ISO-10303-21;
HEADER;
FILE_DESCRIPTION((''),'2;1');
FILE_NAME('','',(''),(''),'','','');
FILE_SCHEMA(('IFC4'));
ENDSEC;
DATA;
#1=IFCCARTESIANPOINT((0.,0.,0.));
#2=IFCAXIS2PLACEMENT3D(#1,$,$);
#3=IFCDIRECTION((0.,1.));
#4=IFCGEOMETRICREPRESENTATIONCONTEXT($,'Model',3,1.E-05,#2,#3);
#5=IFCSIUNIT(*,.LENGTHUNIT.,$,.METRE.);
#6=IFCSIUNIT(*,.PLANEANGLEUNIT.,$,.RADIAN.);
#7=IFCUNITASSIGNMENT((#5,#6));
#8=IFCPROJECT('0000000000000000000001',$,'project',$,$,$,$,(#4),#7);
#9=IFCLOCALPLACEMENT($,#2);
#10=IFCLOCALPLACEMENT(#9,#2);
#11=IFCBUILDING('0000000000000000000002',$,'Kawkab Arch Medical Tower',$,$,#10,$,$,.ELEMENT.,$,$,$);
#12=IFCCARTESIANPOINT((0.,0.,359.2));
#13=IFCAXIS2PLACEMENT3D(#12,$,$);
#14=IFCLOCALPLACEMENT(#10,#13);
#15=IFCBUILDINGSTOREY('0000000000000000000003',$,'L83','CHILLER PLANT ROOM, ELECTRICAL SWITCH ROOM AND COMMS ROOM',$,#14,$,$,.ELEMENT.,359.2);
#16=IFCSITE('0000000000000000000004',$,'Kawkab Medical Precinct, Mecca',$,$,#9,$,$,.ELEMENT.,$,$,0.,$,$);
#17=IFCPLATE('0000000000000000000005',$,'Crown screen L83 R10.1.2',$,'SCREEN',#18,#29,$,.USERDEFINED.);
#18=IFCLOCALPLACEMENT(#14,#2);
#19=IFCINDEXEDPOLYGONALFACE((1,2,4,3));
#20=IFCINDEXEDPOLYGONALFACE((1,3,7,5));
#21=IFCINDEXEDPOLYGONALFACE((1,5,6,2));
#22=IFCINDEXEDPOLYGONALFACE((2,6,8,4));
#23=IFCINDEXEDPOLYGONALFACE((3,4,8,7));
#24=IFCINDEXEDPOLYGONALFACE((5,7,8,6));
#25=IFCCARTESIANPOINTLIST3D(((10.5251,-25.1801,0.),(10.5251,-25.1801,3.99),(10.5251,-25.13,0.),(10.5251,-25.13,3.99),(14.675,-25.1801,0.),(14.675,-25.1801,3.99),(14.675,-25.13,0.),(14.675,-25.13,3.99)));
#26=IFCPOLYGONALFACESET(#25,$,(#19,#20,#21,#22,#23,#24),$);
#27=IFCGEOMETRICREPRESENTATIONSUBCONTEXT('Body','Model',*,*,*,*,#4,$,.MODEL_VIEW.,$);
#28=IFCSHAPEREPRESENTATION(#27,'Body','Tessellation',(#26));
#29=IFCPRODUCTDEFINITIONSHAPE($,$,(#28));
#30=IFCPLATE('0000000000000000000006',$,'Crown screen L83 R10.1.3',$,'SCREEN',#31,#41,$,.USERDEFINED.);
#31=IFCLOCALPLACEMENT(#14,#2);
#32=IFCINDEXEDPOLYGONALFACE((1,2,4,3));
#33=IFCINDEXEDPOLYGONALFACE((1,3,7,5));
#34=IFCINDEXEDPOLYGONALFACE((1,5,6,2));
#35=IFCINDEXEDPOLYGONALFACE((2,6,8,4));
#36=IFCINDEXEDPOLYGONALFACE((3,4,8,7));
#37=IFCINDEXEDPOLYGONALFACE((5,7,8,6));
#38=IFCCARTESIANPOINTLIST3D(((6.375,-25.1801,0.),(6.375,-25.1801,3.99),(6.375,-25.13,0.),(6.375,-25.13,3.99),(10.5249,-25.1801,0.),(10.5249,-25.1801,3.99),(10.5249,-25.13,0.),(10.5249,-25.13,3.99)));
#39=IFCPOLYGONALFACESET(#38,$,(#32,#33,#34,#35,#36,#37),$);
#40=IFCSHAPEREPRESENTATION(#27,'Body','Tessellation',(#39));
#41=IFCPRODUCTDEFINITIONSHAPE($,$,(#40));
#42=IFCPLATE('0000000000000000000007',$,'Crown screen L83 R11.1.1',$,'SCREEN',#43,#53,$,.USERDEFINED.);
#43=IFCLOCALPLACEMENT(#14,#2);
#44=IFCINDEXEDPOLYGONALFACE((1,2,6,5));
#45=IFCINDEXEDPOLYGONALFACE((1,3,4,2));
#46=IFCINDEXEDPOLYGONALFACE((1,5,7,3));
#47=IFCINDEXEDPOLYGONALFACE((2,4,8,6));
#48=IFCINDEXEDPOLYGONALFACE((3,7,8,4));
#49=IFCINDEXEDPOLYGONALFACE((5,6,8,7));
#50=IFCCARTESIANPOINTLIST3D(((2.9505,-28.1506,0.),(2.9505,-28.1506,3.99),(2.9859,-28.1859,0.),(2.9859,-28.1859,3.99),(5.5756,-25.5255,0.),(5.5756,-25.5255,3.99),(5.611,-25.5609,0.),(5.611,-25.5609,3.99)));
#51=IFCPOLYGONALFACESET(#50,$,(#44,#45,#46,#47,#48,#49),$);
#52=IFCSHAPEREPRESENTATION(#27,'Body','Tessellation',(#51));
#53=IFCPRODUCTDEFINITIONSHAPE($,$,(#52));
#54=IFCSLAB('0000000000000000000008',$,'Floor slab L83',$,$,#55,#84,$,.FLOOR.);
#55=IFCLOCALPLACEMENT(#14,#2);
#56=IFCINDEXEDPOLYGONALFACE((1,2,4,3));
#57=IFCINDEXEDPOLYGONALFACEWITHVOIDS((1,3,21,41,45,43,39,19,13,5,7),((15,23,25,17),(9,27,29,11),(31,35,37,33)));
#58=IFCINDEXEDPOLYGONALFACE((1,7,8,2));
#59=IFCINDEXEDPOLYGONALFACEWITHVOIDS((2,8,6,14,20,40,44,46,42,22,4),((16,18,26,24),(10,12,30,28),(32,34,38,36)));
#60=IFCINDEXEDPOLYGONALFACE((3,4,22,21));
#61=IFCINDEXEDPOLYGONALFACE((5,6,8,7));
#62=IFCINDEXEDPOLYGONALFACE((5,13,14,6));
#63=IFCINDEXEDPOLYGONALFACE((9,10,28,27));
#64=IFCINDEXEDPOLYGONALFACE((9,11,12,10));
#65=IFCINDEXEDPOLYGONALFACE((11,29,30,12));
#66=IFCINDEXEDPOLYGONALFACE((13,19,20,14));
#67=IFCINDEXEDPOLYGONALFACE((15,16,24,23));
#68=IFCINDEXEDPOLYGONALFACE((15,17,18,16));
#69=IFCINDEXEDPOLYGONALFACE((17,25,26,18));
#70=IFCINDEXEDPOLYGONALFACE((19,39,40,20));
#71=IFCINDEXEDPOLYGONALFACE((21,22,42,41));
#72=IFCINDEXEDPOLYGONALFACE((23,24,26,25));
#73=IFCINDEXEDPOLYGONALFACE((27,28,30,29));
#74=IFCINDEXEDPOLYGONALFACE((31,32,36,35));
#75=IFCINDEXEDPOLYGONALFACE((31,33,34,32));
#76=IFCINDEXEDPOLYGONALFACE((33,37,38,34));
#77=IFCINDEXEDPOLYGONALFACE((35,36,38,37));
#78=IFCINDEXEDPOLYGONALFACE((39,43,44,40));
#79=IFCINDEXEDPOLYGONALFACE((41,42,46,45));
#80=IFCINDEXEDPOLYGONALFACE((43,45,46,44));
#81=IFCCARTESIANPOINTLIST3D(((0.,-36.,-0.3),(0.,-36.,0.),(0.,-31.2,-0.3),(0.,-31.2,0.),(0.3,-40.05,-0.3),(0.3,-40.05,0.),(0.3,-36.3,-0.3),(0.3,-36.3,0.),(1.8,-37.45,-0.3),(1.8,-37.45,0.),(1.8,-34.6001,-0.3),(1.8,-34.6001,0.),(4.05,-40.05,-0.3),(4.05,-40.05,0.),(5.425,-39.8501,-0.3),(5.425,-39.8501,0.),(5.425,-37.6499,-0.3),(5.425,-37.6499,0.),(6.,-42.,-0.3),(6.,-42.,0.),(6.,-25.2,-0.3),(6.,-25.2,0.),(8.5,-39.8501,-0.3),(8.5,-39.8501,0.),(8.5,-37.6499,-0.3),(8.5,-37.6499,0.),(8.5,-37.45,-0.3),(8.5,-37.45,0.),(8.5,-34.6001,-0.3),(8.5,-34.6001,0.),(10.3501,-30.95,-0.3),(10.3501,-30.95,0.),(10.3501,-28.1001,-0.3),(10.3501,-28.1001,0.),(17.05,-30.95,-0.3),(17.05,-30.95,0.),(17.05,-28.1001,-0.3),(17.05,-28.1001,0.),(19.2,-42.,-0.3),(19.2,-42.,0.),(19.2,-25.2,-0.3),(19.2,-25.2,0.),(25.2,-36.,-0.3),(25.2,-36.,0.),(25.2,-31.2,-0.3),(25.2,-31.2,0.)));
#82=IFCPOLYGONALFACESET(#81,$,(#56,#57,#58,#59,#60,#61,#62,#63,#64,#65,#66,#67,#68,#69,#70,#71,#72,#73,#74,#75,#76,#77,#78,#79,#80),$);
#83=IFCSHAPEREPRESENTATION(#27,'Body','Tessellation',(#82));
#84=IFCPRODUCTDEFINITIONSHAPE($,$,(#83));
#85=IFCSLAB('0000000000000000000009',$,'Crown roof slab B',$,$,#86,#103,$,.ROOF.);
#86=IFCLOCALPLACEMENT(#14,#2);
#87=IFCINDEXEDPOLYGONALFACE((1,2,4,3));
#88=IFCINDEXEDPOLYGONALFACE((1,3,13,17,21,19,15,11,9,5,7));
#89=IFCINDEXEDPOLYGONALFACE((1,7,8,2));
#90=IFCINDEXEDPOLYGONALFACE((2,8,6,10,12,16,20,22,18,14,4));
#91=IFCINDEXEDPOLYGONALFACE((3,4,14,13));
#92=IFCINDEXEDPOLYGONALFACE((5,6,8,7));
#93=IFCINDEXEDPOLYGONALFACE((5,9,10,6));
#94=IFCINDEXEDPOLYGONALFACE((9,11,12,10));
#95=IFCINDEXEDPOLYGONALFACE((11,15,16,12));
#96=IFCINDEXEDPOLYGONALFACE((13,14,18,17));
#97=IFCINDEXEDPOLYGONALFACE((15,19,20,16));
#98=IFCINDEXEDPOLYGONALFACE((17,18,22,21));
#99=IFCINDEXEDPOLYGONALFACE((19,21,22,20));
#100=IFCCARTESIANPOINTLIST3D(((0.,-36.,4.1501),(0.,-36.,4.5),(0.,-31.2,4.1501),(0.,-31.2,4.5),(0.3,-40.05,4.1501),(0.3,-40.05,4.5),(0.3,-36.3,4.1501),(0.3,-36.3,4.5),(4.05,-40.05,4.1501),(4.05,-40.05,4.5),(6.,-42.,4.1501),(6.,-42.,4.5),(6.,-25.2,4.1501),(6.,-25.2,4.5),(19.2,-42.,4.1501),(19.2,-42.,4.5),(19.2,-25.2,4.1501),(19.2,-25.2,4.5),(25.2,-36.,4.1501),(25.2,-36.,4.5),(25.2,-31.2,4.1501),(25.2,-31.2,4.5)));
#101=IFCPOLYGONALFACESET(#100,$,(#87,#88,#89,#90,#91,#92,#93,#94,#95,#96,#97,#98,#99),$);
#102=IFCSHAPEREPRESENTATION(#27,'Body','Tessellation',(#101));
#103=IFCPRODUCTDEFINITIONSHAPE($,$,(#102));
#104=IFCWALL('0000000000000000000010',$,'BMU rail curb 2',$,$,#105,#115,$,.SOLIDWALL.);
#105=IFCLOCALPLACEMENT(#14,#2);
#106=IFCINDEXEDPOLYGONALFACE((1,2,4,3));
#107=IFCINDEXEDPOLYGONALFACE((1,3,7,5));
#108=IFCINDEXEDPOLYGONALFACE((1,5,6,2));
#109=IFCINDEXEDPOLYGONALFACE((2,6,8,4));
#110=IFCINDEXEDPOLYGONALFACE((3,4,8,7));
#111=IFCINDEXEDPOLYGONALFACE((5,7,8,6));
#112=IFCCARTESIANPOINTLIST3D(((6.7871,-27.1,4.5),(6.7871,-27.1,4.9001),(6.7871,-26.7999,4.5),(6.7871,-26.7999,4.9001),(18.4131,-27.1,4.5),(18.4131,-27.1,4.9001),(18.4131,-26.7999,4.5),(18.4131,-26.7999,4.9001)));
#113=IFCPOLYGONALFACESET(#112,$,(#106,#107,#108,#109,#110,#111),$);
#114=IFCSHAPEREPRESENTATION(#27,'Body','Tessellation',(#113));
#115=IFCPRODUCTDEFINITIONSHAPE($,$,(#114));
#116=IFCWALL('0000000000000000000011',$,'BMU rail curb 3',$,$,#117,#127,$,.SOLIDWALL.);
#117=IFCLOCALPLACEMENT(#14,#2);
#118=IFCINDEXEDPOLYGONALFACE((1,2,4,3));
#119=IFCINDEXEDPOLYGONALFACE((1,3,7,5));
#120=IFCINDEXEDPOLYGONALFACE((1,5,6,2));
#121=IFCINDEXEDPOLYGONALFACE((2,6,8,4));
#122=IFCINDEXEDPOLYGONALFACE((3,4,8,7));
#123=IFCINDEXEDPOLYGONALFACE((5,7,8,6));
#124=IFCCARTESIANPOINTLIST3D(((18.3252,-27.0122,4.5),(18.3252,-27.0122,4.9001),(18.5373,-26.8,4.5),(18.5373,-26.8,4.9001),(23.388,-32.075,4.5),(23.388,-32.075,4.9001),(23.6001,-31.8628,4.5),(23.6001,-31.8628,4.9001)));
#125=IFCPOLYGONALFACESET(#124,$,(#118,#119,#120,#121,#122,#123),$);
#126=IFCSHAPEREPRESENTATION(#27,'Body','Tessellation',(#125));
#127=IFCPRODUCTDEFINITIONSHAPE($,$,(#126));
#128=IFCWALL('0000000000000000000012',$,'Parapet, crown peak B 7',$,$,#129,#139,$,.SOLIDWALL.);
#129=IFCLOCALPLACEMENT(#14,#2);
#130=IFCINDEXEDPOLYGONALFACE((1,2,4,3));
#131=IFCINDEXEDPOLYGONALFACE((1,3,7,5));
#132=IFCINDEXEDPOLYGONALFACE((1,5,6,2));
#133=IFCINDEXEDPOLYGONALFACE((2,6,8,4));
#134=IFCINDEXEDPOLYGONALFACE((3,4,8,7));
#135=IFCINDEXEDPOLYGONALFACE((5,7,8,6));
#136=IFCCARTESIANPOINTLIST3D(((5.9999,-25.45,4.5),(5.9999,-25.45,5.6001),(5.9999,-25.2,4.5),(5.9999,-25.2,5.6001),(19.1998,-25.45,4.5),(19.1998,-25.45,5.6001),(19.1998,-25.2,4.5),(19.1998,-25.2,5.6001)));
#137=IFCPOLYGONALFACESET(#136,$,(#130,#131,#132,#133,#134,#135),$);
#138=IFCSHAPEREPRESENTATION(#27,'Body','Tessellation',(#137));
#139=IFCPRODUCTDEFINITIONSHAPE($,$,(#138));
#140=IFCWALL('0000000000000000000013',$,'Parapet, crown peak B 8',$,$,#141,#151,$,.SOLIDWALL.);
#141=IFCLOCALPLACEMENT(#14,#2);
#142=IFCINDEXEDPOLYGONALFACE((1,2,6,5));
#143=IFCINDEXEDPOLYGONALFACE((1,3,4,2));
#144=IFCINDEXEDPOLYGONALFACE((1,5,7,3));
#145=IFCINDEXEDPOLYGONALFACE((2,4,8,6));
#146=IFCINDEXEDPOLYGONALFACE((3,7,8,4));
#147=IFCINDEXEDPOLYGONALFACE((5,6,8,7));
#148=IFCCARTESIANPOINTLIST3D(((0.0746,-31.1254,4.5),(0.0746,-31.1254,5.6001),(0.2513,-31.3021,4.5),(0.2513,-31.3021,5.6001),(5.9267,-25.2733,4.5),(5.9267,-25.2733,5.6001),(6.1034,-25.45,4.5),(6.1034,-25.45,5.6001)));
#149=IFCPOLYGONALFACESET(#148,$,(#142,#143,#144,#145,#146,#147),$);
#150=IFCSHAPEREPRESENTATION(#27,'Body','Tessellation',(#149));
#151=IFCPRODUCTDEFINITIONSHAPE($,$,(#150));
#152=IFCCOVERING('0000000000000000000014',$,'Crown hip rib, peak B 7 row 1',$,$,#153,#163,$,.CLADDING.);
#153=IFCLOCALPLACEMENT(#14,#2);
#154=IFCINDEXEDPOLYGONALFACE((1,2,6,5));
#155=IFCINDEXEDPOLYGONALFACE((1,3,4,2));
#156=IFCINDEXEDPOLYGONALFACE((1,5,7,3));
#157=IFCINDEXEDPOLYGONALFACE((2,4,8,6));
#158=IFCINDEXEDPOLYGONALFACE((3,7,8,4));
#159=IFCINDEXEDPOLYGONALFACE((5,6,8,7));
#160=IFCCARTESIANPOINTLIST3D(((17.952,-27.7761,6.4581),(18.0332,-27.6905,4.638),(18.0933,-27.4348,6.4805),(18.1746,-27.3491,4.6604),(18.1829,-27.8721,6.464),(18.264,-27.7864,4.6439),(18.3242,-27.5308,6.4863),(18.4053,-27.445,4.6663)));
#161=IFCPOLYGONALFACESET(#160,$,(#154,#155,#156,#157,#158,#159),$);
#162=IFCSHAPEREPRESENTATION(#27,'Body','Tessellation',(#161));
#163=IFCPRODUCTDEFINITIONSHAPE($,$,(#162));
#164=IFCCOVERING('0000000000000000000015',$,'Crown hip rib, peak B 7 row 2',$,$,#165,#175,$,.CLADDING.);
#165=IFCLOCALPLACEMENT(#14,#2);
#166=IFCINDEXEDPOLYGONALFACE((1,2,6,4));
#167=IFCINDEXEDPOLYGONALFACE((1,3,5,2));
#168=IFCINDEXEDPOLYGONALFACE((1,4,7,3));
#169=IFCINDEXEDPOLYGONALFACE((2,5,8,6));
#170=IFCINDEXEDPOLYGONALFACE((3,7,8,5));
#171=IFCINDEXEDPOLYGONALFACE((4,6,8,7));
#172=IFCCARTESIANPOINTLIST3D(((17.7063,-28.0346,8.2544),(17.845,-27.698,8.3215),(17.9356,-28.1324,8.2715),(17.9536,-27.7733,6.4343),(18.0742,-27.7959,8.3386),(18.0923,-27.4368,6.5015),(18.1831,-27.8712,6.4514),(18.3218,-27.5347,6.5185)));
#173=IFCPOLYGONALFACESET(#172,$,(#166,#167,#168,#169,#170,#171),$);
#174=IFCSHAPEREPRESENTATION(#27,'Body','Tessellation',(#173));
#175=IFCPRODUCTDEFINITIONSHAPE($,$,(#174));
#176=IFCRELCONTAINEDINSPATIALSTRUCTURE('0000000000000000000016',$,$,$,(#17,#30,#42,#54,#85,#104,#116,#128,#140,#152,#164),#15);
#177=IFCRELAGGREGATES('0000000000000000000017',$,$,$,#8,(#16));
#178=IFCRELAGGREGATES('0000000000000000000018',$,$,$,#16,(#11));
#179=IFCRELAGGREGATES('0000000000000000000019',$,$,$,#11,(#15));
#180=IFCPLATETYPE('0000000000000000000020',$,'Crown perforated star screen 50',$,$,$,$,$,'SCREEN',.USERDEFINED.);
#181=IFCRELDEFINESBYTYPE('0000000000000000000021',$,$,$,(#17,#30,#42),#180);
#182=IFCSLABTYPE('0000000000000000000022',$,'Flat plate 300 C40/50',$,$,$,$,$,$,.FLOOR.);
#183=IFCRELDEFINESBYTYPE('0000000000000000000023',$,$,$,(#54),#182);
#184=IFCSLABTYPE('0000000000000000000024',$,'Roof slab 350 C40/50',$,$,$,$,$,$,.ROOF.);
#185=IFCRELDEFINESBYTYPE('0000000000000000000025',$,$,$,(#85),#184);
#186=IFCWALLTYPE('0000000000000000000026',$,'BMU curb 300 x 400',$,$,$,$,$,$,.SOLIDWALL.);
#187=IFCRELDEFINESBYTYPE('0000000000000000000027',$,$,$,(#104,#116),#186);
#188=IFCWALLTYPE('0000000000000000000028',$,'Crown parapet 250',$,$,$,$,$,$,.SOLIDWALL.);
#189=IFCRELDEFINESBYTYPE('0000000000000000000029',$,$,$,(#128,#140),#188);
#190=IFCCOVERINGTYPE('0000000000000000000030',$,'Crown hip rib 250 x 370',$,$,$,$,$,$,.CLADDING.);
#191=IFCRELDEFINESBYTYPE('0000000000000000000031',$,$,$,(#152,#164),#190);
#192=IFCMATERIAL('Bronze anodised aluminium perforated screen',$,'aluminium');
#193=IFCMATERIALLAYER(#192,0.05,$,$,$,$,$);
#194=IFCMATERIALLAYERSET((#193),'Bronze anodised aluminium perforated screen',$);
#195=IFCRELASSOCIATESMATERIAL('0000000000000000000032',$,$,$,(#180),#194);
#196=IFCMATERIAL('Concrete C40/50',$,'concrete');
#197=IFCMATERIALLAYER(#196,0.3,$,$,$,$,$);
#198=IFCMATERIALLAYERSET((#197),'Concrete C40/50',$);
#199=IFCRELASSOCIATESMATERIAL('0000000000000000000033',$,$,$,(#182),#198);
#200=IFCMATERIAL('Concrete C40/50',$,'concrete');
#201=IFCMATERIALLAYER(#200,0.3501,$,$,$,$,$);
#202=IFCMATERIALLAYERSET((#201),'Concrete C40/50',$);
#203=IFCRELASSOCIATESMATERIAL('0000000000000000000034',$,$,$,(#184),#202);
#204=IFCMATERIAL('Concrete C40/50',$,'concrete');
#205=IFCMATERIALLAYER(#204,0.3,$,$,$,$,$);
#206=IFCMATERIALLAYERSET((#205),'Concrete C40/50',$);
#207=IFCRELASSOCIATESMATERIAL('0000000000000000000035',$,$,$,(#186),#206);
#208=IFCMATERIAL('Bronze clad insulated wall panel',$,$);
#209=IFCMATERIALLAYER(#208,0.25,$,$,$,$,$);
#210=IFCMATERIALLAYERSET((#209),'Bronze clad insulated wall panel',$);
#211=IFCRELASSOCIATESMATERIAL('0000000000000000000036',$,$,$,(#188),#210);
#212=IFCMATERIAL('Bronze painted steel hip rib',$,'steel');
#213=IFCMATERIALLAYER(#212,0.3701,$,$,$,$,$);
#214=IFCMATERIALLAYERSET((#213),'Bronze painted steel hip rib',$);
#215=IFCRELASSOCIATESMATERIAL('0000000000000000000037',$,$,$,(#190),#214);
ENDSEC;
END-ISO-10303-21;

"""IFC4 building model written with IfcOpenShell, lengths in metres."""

from ifc_helpers import new_model, si_unit, direction, frame, frame_2d, origin, origin_2d, place, context, subcontext, project, spatial, polyline, rectangle, outline, extrude, material, layer, layer_set, type_object, element, save


model = new_model("IFC4")

# Units and contexts
model_context = context("Model", 3, precision=1e-05, world=origin(), true_north=direction((0.0, 1.0)))
body_context = subcontext(model_context, "Body", "Model", "MODEL_VIEW")
ifc_project = project(units=[si_unit("LENGTHUNIT", "METRE"), si_unit("PLANEANGLEUNIT", "RADIAN")], contexts=[model_context])

# Site, building, storey
site_placement = place(None, origin())
site = spatial("IfcSite", under=ifc_project, at=site_placement, Name="Kawkab Medical Precinct, Mecca", CompositionType="ELEMENT", RefElevation=0.0)
building_placement = place(site_placement, origin())
building = spatial("IfcBuilding", under=site, at=building_placement, Name="Kawkab Arch Medical Tower", CompositionType="ELEMENT")
storey_placement = place(building_placement, frame((0.0, 0.0, 359.2)))
storey = spatial("IfcBuildingStorey", under=building, at=storey_placement, Name="L83", Description="CHILLER PLANT ROOM, ELECTRICAL SWITCH ROOM AND COMMS ROOM", CompositionType="ELEMENT", Elevation=359.2)

# Plates
ifc_material_1 = material(Name="Bronze anodised aluminium perforated screen", Category="aluminium")
ifc_layer_1 = layer(ifc_material_1, 0.05)
ifc_layer_set_1 = layer_set([ifc_layer_1], Name="Bronze anodised aluminium perforated screen")
plate_type_1 = type_object("IfcPlateType", Name="Crown perforated star screen 50", ElementType="SCREEN", PredefinedType="USERDEFINED", material=ifc_layer_set_1)
for number, where, z_axis, x_axis, name in (
    (1, (12.6001, -25.155, 0.0), (0.0, 0.0, 1.0), (-1.0, 0.0, 0.0), "Crown screen L83 R10.1.2"),
    (2, (8.45, -25.155, 0.0), (0.0, 0.0, 1.0), (-1.0, 0.0, 0.0), "Crown screen L83 R10.1.3"),
):
    element("IfcPlate", number, at=place(storey_placement, frame(where, z_axis=z_axis, x_axis=x_axis)), inside=storey, type_object=plate_type_1, Name=name, ObjectType="SCREEN", PredefinedType="USERDEFINED", context=body_context, shape_type="SweptSolid", body=[
        extrude(rectangle(XDim=4.1499, YDim=0.05, at=origin_2d()), origin(), (0.0, 0.0, 1.0), 3.99),
    ])
plate_1_placement = place(storey_placement, frame((4.2808, -26.8557, 0.0), z_axis=(0.0, 0.0, 1.0), x_axis=(-0.707107, -0.707107, 0.0)))
element("IfcPlate", 3, at=plate_1_placement, inside=storey, type_object=plate_type_1, Name="Crown screen L83 R11.1.1", ObjectType="SCREEN", PredefinedType="USERDEFINED", context=body_context, shape_type="SweptSolid", body=[
    extrude(rectangle(XDim=3.7124, YDim=0.05, at=origin_2d()), origin(), (0.0, 0.0, 1.0), 3.99),
])

# Slabs
ifc_material_2 = material(Name="Concrete C40/50", Category="concrete")
ifc_layer_2 = layer(ifc_material_2, 0.3)
ifc_layer_set_2 = layer_set([ifc_layer_2], Name="Concrete C40/50")
slab_type_1 = type_object("IfcSlabType", Name="Flat plate 300 C40/50", PredefinedType="FLOOR", material=ifc_layer_set_2)
slab_1_placement = place(storey_placement, frame((0.0, 0.0, -0.3)))
element("IfcSlab", 4, at=slab_1_placement, inside=storey, type_object=slab_type_1, Name="Floor slab L83", PredefinedType="FLOOR", context=body_context, shape_type="SweptSolid", body=[
    extrude(outline(polyline([(6.0, -25.2), (19.2, -25.2), (25.2, -31.2), (25.2, -36.0), (19.2, -42.0), (6.0, -42.0), (4.05, -40.05), (0.3, -40.05), (0.3, -36.3), (0.0, -36.0), (0.0, -31.2), (6.0, -25.2)]), holes=[polyline([(8.5, -37.6499), (5.425, -37.6499), (5.425, -39.8501), (8.5, -39.8501), (8.5, -37.6499)]), polyline([(1.8, -34.6001), (1.8, -37.45), (8.5, -37.45), (8.5, -34.6001), (1.8, -34.6001)]), polyline([(10.3501, -28.1001), (10.3501, -30.95), (17.05, -30.95), (17.05, -28.1001), (10.3501, -28.1001)])]), origin(), (0.0, 0.0, 1.0), 0.3),
])
ifc_material_3 = material(Name="Concrete C40/50", Category="concrete")
ifc_layer_3 = layer(ifc_material_3, 0.3501)
ifc_layer_set_3 = layer_set([ifc_layer_3], Name="Concrete C40/50")
slab_type_2 = type_object("IfcSlabType", Name="Roof slab 350 C40/50", PredefinedType="ROOF", material=ifc_layer_set_3)
slab_2_placement = place(storey_placement, frame((0.0, 0.0, 4.1501)))
element("IfcSlab", 5, at=slab_2_placement, inside=storey, type_object=slab_type_2, Name="Crown roof slab B", PredefinedType="ROOF", context=body_context, shape_type="SweptSolid", body=[
    extrude(outline(polyline([(0.0, -36.0), (0.3, -36.3), (0.3, -40.05), (4.05, -40.05), (6.0, -42.0), (19.2, -42.0), (25.2, -36.0), (25.2, -31.2), (19.2, -25.2), (6.0, -25.2), (0.0, -31.2), (0.0, -36.0)])), origin(), (0.0, 0.0, 1.0), 0.3499),
])

# Walls
ifc_material_4 = material(Name="Concrete C40/50", Category="concrete")
ifc_layer_4 = layer(ifc_material_4, 0.3)
ifc_layer_set_4 = layer_set([ifc_layer_4], Name="Concrete C40/50")
wall_type_1 = type_object("IfcWallType", Name="BMU curb 300 x 400", PredefinedType="SOLIDWALL", material=ifc_layer_set_4)
wall_1_placement = place(storey_placement, frame((6.7871, -26.95, 4.5), z_axis=(0.0, 0.0, 1.0), x_axis=(1.0, 0.0, 0.0)))
element("IfcWall", 6, at=wall_1_placement, inside=storey, type_object=wall_type_1, Name="BMU rail curb 2", PredefinedType="SOLIDWALL", context=body_context, shape_type="SweptSolid", body=[
    extrude(rectangle(XDim=11.626, YDim=0.3, at=frame_2d((5.813, 0.0))), origin(), (0.0, 0.0, 1.0), 0.4001),
])
wall_2_placement = place(storey_placement, frame((18.4312, -26.906, 4.5), z_axis=(0.0, 0.0, 1.0), x_axis=(0.707107, -0.707107, 0.0)))
element("IfcWall", 7, at=wall_2_placement, inside=storey, type_object=wall_type_1, Name="BMU rail curb 3", PredefinedType="SOLIDWALL", context=body_context, shape_type="SweptSolid", body=[
    extrude(rectangle(XDim=7.1599, YDim=0.3, at=frame_2d((3.5801, 0.0))), origin(), (0.0, 0.0, 1.0), 0.4001),
])
ifc_material_5 = material(Name="Bronze clad insulated wall panel")
ifc_layer_5 = layer(ifc_material_5, 0.25)
ifc_layer_set_5 = layer_set([ifc_layer_5], Name="Bronze clad insulated wall panel")
wall_type_2 = type_object("IfcWallType", Name="Crown parapet 250", PredefinedType="SOLIDWALL", material=ifc_layer_set_5)
wall_3_placement = place(storey_placement, frame((19.2, -25.325, 4.5), z_axis=(0.0, 0.0, 1.0), x_axis=(-1.0, 0.0, 0.0)))
element("IfcWall", 8, at=wall_3_placement, inside=storey, type_object=wall_type_2, Name="Parapet, crown peak B 7", PredefinedType="SOLIDWALL", context=body_context, shape_type="SweptSolid", body=[
    extrude(rectangle(XDim=13.2, YDim=0.25, at=frame_2d((6.6001, 0.0))), origin(), (0.0, 0.0, 1.0), 1.1001),
])
wall_4_placement = place(storey_placement, frame((6.0151, -25.3616, 4.5), z_axis=(0.0, 0.0, 1.0), x_axis=(-0.707107, -0.707107, 0.0)))
element("IfcWall", 9, at=wall_4_placement, inside=storey, type_object=wall_type_2, Name="Parapet, crown peak B 8", PredefinedType="SOLIDWALL", context=body_context, shape_type="SweptSolid", body=[
    extrude(rectangle(XDim=8.2761, YDim=0.25, at=frame_2d((4.1382, 0.0))), origin(), (0.0, 0.0, 1.0), 1.1001),
])

# Coverings
ifc_material_6 = material(Name="Bronze painted steel hip rib", Category="steel")
ifc_layer_6 = layer(ifc_material_6, 0.3701)
ifc_layer_set_6 = layer_set([ifc_layer_6], Name="Bronze painted steel hip rib")
covering_type_1 = type_object("IfcCoveringType", Name="Crown hip rib 250 x 370", PredefinedType="CLADDING", material=ifc_layer_set_6)
covering_1_placement = place(storey_placement, frame((18.1746, -27.3491, 4.6604), z_axis=(0.381807, 0.922263, 0.060451), x_axis=(-0.044564, -0.04696, 0.997902)))
element("IfcCovering", 10, at=covering_1_placement, inside=storey, type_object=covering_type_1, Name="Crown hip rib, peak B 7 row 1", PredefinedType="CLADDING", context=body_context, shape_type="SweptSolid", body=[
    extrude(outline(polyline([(0.0, 0.0), (1.8239, 0.0), (1.824, 0.2502), (0.0001, 0.2499), (0.0, 0.0)])), origin(), (0.0, 0.0, -1.0), 0.3701),
])
covering_2_placement = place(storey_placement, frame((18.0923, -27.4368, 6.5015), z_axis=(0.37458, 0.909271, 0.181429), x_axis=(-0.133312, -0.140826, 0.981018)))
element("IfcCovering", 11, at=covering_2_placement, inside=storey, type_object=covering_type_1, Name="Crown hip rib, peak B 7 row 2", PredefinedType="CLADDING", context=body_context, shape_type="SweptSolid", body=[
    extrude(outline(polyline([(0.0, 0.0), (1.8553, 0.0), (1.8553, 0.2499), (0.0, 0.2501), (0.0, 0.0)])), origin(), (0.0, 0.0, -1.0), 0.3701),
])

save(model, "model.ifc")
